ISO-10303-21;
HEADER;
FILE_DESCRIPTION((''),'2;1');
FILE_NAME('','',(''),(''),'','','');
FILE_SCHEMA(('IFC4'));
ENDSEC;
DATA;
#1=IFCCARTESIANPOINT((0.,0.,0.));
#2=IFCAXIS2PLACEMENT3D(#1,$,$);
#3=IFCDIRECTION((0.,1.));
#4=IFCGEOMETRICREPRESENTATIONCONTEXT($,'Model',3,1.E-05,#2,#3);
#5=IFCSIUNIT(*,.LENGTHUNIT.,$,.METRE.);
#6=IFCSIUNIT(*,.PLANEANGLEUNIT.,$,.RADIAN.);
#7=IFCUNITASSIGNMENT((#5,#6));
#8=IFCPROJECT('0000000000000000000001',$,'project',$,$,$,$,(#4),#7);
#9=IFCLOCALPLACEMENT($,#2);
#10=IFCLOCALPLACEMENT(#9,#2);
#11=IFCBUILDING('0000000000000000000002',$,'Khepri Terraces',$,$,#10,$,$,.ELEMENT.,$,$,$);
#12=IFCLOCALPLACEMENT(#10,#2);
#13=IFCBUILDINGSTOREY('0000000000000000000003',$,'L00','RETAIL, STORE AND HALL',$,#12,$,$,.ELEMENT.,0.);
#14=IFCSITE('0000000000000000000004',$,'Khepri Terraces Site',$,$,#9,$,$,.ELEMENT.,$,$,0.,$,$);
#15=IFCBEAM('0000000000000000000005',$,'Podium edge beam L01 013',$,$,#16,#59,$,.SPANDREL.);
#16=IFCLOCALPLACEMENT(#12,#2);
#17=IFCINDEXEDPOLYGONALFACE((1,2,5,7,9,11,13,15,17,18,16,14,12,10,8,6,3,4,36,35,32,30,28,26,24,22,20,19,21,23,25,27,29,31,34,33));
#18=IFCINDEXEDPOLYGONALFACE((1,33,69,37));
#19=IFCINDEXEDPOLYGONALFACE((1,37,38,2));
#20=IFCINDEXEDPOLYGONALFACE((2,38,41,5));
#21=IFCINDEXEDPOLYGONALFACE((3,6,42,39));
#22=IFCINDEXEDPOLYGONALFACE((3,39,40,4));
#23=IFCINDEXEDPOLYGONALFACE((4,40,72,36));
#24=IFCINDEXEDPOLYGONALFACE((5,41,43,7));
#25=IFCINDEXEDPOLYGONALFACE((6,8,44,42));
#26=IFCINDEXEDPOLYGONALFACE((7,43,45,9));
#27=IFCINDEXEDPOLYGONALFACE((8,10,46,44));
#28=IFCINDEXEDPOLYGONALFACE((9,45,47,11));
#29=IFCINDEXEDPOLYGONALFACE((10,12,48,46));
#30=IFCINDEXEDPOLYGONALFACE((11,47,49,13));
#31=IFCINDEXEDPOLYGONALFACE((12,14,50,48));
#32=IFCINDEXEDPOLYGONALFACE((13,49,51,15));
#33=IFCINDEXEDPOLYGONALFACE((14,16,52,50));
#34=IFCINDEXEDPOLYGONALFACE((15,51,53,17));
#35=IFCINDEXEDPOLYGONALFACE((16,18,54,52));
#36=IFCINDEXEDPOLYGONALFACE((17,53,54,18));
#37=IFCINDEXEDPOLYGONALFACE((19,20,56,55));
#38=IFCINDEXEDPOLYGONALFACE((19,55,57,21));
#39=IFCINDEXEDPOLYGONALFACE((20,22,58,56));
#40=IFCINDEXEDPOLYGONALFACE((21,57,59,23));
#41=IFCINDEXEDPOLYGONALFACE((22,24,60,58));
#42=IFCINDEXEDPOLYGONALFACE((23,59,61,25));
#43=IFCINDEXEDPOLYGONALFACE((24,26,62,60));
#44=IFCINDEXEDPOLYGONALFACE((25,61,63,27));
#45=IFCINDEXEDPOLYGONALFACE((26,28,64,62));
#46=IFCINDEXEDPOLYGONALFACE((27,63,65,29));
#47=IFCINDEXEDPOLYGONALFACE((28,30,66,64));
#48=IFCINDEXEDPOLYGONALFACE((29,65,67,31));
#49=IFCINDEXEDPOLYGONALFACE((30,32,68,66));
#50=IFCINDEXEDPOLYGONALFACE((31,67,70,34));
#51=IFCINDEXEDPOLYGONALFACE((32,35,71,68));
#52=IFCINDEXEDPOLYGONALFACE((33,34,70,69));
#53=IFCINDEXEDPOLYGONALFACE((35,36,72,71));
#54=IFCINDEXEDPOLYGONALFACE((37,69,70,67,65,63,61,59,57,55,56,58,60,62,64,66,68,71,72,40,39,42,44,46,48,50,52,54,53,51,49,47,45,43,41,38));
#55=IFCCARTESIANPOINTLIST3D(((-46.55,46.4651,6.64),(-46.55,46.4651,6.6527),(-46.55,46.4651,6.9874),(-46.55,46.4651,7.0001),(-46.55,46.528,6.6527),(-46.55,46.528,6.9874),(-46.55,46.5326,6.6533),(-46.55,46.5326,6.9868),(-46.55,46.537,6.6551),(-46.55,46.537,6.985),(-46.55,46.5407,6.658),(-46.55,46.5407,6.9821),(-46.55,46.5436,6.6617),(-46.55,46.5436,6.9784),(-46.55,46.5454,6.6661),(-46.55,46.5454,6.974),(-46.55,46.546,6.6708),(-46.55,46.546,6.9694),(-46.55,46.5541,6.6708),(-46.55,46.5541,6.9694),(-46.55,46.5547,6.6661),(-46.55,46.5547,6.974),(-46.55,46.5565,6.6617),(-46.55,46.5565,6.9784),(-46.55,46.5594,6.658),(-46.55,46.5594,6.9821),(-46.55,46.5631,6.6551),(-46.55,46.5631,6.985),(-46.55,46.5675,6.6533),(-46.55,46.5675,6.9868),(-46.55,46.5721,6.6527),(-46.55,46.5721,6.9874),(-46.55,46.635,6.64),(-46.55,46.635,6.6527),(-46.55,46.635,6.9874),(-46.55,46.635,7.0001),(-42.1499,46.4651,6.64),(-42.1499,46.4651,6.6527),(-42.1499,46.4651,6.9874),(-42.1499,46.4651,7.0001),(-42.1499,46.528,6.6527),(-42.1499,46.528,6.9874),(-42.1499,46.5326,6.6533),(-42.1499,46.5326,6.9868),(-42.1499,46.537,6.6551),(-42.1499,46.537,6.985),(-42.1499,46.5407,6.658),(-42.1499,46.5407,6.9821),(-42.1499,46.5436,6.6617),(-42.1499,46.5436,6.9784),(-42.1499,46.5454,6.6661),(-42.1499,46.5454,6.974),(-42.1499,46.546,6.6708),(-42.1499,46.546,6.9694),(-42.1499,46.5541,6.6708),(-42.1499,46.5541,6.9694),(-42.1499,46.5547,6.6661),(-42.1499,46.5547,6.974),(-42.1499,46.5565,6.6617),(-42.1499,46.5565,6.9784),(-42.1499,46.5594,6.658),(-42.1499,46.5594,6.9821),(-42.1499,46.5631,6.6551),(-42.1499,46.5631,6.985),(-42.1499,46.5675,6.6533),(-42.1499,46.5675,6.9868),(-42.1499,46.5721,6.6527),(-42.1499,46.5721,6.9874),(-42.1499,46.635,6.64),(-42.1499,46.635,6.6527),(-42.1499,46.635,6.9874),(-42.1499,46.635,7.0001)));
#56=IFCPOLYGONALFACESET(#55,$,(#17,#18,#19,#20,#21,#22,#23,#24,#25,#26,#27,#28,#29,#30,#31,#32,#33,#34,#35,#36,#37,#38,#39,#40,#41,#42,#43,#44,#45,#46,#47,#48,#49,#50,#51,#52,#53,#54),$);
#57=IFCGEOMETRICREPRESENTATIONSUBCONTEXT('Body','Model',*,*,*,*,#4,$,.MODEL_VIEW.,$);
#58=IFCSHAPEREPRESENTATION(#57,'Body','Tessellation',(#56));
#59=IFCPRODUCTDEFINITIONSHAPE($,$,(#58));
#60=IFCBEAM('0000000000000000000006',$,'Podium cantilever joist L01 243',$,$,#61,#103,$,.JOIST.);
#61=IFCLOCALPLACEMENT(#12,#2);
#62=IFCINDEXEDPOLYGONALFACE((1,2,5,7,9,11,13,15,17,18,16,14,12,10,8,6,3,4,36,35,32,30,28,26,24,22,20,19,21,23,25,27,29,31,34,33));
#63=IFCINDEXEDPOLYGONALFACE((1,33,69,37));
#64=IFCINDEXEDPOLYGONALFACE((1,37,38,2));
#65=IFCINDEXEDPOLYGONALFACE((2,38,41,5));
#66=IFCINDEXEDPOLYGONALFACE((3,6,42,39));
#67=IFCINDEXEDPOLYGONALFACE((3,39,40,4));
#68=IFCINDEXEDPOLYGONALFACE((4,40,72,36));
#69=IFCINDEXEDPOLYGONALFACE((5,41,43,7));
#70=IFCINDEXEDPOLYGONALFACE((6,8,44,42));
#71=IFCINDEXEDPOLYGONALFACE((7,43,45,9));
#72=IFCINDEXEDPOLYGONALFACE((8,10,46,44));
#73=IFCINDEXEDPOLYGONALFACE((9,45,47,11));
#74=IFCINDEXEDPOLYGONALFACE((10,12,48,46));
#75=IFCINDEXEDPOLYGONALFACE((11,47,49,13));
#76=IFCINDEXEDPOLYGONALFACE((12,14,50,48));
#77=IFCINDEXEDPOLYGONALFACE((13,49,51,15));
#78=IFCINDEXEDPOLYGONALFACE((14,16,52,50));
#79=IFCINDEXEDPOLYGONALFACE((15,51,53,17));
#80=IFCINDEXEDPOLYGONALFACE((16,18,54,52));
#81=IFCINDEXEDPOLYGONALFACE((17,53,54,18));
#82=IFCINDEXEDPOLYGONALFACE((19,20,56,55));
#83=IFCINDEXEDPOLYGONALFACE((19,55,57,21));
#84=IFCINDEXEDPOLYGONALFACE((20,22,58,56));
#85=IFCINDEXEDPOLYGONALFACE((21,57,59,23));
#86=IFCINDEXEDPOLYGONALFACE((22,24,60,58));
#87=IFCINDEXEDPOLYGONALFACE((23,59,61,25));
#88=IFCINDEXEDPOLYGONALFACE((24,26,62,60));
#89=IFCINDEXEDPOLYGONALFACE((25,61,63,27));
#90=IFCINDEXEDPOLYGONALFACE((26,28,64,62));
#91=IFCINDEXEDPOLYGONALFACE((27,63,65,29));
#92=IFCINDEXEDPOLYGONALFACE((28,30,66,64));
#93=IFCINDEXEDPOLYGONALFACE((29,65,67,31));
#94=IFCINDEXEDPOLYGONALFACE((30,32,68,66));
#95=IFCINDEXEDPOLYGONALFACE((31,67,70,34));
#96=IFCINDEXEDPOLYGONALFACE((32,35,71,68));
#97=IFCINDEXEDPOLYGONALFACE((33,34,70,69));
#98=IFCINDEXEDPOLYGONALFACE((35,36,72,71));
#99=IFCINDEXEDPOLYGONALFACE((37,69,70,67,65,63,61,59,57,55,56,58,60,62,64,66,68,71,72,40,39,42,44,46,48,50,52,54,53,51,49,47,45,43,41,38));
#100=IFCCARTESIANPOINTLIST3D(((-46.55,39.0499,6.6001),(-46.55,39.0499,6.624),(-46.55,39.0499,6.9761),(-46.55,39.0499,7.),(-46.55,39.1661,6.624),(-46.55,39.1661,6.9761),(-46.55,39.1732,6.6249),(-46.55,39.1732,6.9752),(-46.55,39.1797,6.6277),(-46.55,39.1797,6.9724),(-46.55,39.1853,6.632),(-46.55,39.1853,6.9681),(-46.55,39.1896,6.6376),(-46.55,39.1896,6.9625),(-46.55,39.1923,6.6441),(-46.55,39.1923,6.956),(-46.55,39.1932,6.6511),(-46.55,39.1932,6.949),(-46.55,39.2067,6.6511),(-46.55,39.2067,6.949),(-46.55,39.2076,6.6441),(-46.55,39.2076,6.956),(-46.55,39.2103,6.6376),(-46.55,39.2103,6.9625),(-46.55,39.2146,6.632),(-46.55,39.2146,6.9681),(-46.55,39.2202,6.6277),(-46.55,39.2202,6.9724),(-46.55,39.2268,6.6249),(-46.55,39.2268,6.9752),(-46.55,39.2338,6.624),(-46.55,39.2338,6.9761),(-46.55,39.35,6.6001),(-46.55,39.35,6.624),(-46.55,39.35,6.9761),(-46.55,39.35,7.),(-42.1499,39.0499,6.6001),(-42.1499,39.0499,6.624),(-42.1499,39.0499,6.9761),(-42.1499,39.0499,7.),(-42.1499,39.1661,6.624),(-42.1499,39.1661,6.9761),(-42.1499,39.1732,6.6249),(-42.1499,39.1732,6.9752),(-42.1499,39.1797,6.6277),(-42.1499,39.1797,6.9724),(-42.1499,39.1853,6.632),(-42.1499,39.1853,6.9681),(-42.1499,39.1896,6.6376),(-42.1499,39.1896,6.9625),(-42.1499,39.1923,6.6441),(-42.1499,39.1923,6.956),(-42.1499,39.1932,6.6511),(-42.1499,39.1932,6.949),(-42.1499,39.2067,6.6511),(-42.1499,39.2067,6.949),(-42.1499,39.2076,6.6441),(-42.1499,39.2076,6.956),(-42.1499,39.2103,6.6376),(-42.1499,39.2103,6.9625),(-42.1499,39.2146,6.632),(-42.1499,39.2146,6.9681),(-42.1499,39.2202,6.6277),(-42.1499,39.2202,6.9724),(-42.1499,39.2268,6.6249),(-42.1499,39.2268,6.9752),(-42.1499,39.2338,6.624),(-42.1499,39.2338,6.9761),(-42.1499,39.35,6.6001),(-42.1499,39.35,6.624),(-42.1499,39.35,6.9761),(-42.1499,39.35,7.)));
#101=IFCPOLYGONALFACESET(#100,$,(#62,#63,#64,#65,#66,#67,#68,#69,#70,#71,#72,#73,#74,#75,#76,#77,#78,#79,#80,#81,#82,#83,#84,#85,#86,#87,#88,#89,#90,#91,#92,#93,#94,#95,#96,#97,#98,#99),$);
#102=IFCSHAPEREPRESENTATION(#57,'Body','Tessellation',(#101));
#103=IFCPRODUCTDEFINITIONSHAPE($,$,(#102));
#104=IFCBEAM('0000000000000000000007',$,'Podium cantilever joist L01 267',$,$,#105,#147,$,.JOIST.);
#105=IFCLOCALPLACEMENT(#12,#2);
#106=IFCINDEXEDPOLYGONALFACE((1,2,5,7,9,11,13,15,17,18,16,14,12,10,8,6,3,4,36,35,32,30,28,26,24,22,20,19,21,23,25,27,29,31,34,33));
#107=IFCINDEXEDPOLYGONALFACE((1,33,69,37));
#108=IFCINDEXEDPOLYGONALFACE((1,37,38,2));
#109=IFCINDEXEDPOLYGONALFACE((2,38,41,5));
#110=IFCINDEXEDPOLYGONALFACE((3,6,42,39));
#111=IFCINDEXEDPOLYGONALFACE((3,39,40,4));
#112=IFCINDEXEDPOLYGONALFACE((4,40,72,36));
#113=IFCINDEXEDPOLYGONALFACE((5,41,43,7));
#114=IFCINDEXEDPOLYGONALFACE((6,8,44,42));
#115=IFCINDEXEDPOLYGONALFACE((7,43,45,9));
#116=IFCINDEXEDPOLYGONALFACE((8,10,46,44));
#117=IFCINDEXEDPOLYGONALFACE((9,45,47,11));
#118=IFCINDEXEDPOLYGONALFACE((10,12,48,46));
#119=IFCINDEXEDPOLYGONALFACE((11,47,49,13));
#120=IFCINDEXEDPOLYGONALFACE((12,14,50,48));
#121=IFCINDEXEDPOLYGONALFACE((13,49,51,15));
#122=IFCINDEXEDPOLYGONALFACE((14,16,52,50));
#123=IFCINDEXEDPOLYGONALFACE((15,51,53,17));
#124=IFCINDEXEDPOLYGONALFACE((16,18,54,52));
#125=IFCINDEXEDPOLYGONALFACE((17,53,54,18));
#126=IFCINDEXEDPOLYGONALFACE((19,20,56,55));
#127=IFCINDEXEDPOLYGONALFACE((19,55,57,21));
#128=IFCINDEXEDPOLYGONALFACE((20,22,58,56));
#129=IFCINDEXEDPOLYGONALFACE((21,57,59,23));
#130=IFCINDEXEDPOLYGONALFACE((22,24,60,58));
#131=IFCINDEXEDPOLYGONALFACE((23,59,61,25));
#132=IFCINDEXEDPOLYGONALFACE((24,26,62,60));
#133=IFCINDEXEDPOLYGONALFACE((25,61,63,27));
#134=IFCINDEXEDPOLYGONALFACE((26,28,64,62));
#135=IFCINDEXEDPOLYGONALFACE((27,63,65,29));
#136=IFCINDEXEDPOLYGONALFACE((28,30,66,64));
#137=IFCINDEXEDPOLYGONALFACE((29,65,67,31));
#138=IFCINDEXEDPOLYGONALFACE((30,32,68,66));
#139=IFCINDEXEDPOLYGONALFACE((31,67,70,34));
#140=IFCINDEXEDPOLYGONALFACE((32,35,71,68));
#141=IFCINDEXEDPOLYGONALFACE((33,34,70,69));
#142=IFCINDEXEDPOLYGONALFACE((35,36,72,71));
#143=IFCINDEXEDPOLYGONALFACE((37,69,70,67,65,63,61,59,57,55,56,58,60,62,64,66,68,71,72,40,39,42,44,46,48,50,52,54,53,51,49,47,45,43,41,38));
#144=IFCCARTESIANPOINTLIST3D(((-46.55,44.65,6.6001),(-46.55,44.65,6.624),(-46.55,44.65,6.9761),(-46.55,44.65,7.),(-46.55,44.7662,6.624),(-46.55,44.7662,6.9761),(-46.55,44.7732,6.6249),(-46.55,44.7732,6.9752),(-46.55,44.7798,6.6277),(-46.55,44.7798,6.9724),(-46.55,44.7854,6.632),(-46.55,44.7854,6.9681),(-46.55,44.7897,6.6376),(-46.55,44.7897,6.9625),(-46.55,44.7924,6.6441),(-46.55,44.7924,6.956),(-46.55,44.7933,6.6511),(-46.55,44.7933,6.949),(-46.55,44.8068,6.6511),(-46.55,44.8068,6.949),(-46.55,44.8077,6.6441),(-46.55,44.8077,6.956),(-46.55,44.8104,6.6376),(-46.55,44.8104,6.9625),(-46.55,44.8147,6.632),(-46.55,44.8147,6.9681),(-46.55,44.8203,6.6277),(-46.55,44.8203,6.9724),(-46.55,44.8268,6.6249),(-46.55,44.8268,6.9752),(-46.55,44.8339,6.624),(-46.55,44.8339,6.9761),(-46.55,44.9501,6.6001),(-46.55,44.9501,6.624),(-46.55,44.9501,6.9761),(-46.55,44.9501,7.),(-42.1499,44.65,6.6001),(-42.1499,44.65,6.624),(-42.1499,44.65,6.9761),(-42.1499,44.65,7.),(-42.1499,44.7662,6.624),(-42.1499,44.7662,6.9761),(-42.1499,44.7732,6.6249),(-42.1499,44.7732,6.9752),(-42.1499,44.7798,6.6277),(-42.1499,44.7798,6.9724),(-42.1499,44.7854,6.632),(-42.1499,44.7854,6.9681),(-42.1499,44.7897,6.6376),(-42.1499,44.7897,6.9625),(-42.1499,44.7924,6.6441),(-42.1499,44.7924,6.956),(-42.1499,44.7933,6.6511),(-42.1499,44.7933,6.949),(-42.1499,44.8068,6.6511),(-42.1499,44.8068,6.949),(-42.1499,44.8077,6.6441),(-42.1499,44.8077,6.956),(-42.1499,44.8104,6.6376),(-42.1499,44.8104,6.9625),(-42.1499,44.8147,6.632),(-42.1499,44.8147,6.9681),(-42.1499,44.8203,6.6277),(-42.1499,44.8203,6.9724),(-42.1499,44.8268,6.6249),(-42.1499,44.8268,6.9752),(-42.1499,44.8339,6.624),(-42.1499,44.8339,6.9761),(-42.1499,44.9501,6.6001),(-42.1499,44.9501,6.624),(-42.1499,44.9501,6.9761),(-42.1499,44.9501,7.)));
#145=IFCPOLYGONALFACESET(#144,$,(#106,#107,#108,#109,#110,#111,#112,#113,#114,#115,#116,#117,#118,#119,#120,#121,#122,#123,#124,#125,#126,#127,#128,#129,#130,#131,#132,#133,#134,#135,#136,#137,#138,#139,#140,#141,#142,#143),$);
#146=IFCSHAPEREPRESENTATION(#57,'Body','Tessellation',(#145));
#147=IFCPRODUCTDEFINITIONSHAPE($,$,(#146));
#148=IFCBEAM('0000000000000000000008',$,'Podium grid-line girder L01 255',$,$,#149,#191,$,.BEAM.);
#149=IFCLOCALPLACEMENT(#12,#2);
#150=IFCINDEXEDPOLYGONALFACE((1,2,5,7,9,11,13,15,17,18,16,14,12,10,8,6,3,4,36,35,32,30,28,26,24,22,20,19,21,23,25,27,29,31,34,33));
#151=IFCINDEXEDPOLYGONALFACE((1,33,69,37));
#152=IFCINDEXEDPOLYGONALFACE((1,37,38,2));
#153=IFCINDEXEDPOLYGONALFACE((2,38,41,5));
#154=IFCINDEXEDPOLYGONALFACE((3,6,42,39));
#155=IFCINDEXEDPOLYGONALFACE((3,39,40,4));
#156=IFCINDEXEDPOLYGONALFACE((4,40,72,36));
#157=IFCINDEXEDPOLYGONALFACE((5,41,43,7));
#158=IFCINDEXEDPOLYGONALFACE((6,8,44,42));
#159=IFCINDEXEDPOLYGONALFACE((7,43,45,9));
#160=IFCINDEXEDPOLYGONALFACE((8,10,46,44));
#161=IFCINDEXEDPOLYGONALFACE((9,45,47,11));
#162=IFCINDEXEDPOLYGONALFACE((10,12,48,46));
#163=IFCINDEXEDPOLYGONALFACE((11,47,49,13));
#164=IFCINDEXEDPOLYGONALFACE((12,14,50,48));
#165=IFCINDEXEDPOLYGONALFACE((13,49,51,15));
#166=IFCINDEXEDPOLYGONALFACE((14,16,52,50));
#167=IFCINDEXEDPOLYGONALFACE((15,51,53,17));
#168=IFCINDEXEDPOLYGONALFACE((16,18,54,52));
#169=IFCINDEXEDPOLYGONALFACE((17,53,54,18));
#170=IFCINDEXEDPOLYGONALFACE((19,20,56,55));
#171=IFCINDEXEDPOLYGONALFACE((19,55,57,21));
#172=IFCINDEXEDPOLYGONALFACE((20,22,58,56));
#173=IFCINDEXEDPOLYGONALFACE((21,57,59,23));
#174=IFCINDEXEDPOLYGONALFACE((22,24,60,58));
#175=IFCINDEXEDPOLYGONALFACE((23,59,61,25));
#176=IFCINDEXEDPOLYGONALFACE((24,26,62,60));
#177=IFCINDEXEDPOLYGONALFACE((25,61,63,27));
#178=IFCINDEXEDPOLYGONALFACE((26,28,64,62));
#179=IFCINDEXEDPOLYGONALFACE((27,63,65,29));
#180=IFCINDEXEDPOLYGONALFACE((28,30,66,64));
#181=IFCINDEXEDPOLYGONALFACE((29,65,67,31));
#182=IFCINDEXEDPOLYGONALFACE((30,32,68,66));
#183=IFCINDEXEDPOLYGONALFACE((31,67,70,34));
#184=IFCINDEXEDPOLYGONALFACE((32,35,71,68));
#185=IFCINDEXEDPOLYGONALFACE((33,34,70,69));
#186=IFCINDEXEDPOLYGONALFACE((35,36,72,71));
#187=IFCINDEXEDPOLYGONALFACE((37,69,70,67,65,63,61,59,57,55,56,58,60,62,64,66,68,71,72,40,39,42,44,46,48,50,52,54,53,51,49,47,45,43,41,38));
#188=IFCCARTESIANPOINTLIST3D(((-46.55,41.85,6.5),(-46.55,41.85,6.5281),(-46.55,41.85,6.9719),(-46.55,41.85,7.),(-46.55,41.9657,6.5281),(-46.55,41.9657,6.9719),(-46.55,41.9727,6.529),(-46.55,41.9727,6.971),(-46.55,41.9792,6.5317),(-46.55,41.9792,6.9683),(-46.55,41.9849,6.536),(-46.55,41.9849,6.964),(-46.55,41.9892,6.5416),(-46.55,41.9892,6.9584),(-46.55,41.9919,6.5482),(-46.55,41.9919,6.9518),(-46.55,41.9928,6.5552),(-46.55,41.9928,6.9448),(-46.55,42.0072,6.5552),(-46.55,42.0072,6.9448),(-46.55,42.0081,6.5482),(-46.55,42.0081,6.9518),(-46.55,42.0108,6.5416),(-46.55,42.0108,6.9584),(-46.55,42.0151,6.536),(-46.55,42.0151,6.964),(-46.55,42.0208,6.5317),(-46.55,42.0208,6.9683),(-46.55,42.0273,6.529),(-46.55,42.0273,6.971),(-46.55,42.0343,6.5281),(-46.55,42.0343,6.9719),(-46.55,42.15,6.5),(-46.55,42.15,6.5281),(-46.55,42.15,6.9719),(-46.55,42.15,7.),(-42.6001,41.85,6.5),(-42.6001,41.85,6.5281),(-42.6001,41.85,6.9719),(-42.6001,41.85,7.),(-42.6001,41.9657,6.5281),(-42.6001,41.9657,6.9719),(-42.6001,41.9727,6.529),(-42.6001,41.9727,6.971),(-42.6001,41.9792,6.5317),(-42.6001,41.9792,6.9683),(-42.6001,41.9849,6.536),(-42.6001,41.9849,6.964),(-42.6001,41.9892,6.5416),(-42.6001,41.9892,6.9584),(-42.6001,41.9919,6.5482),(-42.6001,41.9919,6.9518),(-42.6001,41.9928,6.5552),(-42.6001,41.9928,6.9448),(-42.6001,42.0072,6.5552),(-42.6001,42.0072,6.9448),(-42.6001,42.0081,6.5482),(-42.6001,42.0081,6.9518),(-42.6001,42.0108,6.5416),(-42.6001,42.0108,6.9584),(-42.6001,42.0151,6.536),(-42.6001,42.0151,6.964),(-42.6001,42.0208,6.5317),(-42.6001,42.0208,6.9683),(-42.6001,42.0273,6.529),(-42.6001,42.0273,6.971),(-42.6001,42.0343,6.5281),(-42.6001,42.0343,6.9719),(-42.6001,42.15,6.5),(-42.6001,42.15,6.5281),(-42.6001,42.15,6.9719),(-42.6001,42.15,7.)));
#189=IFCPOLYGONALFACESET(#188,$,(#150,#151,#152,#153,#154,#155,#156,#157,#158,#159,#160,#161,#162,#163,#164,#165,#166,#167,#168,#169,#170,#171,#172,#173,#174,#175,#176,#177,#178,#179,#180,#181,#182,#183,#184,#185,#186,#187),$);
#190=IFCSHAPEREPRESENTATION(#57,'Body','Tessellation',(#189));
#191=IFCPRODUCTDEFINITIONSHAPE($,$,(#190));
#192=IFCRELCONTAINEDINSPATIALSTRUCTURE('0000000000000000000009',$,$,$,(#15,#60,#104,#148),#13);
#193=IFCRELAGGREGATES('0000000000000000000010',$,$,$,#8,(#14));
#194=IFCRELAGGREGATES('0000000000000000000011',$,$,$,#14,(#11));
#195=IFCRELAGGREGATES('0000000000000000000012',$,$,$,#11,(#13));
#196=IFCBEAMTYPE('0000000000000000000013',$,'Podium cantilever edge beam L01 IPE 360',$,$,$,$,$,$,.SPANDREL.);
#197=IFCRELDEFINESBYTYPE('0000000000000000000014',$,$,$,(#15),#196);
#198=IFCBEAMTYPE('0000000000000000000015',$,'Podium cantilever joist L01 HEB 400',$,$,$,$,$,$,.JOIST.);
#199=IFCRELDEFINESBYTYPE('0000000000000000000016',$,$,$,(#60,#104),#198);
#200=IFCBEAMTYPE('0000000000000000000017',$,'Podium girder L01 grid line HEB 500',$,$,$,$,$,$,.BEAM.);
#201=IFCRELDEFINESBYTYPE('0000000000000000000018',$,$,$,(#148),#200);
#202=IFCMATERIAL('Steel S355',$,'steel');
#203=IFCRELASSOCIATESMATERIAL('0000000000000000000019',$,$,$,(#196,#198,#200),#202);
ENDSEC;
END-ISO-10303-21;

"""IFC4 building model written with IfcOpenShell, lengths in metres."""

from ifc_helpers import new_model, si_unit, direction, frame, origin, origin_2d, place, context, subcontext, project, spatial, i_section, extrude, material, material_profile, profile_set, type_object, element, save


model = new_model("IFC4")

# Units and contexts
model_context = context("Model", 3, precision=1e-05, world=origin(), true_north=direction((0.0, 1.0)))
body_context = subcontext(model_context, "Body", "Model", "MODEL_VIEW")
ifc_project = project(units=[si_unit("LENGTHUNIT", "METRE"), si_unit("PLANEANGLEUNIT", "RADIAN")], contexts=[model_context])

# Site, building, storey
site_placement = place(None, origin())
site = spatial("IfcSite", under=ifc_project, at=site_placement, Name="Khepri Terraces Site", CompositionType="ELEMENT", RefElevation=0.0)
building_placement = place(site_placement, origin())
building = spatial("IfcBuilding", under=site, at=building_placement, Name="Khepri Terraces", CompositionType="ELEMENT")
storey_placement = place(building_placement, origin())
storey = spatial("IfcBuildingStorey", under=building, at=storey_placement, Name="L00", Description="RETAIL, STORE AND HALL", CompositionType="ELEMENT", Elevation=0.0)

# Beams
ifc_material_1 = material(Name="Steel S355", Category="steel")
ifc_material_profile_1 = material_profile(ifc_material_1, i_section(OverallWidth=0.1699, OverallDepth=0.3601, WebThickness=0.0081, FlangeThickness=0.0127, FilletRadius=0.0181, at=origin_2d()), Name="Steel S355", Category="steel")
ifc_profile_set_1 = profile_set([ifc_material_profile_1], Name="Steel S355")
beam_type_1 = type_object("IfcBeamType", Name="Podium cantilever edge beam L01 IPE 360", PredefinedType="SPANDREL", material=ifc_profile_set_1)
beam_1_placement = place(storey_placement, frame((-46.55, 46.55, 6.8201), z_axis=(1.0, 0.0, 0.0), x_axis=(0.0, 1.0, 0.0)))
element("IfcBeam", 1, at=beam_1_placement, inside=storey, type_object=beam_type_1, Name="Podium edge beam L01 013", PredefinedType="SPANDREL", context=body_context, shape_type="SweptSolid", body=[
    extrude(i_section(OverallWidth=0.1699, OverallDepth=0.3601, WebThickness=0.0081, FlangeThickness=0.0127, FilletRadius=0.0181, at=origin_2d()), origin(), (0.0, 0.0, 1.0), 4.4001),
])
ifc_material_profile_2 = material_profile(ifc_material_1, i_section(OverallWidth=0.3, OverallDepth=0.3999, WebThickness=0.0134, FlangeThickness=0.0239, FilletRadius=0.0271, at=origin_2d()), Name="Steel S355", Category="steel")
ifc_profile_set_2 = profile_set([ifc_material_profile_2], Name="Steel S355")
beam_type_2 = type_object("IfcBeamType", Name="Podium cantilever joist L01 HEB 400", PredefinedType="JOIST", material=ifc_profile_set_2)
for number, where, z_axis, x_axis, name in (
    (2, (-46.55, 39.2, 6.8), (1.0, 0.0, 0.0), (0.0, 1.0, 0.0), "Podium cantilever joist L01 243"),
    (3, (-46.55, 44.8, 6.8), (1.0, 0.0, 0.0), (0.0, 1.0, 0.0), "Podium cantilever joist L01 267"),
):
    element("IfcBeam", number, at=place(storey_placement, frame(where, z_axis=z_axis, x_axis=x_axis)), inside=storey, type_object=beam_type_2, Name=name, PredefinedType="JOIST", context=body_context, shape_type="SweptSolid", body=[
        extrude(i_section(OverallWidth=0.3, OverallDepth=0.3999, WebThickness=0.0134, FlangeThickness=0.0239, FilletRadius=0.0271, at=origin_2d()), origin(), (0.0, 0.0, 1.0), 4.4001),
    ])
ifc_material_profile_3 = material_profile(ifc_material_1, i_section(OverallWidth=0.3, OverallDepth=0.5, WebThickness=0.0144, FlangeThickness=0.0281, FilletRadius=0.0271, at=origin_2d()), Name="Steel S355", Category="steel")
ifc_profile_set_3 = profile_set([ifc_material_profile_3], Name="Steel S355")
beam_type_3 = type_object("IfcBeamType", Name="Podium girder L01 grid line HEB 500", PredefinedType="BEAM", material=ifc_profile_set_3)
beam_2_placement = place(storey_placement, frame((-46.55, 42.0, 6.75), z_axis=(1.0, 0.0, 0.0), x_axis=(0.0, 1.0, 0.0)))
element("IfcBeam", 4, at=beam_2_placement, inside=storey, type_object=beam_type_3, Name="Podium grid-line girder L01 255", PredefinedType="BEAM", context=body_context, shape_type="SweptSolid", body=[
    extrude(i_section(OverallWidth=0.3, OverallDepth=0.5, WebThickness=0.0144, FlangeThickness=0.0281, FilletRadius=0.0271, at=origin_2d()), origin(), (0.0, 0.0, 1.0), 3.95),
])

save(model, "model.ifc")
